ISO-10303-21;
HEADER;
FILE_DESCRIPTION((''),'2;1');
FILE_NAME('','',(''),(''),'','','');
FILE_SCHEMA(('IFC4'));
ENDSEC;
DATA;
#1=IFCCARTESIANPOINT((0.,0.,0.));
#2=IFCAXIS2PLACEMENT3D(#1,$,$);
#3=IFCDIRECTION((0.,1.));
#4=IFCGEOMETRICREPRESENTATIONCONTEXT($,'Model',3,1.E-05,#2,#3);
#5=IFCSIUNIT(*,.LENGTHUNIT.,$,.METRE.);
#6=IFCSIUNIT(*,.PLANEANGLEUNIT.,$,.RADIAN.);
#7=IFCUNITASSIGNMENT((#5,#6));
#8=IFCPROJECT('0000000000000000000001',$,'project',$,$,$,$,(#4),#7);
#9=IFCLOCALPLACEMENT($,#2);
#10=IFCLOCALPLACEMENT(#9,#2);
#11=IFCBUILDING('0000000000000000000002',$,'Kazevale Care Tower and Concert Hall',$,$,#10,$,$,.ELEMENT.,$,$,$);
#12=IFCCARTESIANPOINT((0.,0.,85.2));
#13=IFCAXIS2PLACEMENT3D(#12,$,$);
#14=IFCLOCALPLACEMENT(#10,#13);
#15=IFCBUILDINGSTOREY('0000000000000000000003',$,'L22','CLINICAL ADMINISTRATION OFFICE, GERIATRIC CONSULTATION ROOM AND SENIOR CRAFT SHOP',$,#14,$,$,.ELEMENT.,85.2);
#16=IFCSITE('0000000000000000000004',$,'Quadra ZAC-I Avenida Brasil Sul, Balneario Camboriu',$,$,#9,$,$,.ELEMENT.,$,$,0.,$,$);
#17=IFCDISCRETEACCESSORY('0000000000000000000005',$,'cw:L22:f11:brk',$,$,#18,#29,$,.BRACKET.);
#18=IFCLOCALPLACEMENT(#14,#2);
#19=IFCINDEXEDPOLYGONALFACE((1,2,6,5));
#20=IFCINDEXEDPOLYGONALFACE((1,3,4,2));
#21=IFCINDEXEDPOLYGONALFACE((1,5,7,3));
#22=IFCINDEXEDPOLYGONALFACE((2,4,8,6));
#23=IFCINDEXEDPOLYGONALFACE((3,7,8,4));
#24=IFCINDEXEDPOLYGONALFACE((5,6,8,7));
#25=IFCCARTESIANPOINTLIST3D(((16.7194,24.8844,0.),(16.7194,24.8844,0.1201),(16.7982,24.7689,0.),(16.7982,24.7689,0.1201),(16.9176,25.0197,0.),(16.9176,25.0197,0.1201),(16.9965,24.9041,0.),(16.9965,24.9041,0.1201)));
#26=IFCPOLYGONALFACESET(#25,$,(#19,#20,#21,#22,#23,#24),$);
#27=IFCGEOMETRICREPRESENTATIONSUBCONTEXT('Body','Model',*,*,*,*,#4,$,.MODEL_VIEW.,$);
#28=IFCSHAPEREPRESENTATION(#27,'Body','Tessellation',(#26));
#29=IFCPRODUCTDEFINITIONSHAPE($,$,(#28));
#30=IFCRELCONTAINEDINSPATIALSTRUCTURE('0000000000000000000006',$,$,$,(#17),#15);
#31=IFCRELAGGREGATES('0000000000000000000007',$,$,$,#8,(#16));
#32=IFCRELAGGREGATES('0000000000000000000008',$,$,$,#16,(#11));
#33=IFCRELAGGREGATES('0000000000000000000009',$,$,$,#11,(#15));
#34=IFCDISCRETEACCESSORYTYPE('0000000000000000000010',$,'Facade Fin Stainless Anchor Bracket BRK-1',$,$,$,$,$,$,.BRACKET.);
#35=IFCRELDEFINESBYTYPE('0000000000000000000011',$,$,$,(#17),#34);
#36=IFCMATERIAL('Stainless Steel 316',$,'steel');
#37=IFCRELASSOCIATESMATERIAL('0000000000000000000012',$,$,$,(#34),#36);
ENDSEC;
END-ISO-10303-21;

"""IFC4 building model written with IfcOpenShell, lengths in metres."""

from ifc_helpers import new_model, si_unit, direction, frame, origin, origin_2d, place, context, subcontext, project, spatial, rectangle, extrude, material, type_object, element, save


model = new_model("IFC4")

# Units and contexts
model_context = context("Model", 3, precision=1e-05, world=origin(), true_north=direction((0.0, 1.0)))
body_context = subcontext(model_context, "Body", "Model", "MODEL_VIEW")
ifc_project = project(units=[si_unit("LENGTHUNIT", "METRE"), si_unit("PLANEANGLEUNIT", "RADIAN")], contexts=[model_context])

# Site, building, storey
site_placement = place(None, origin())
site = spatial("IfcSite", under=ifc_project, at=site_placement, Name="Quadra ZAC-I Avenida Brasil Sul, Balneario Camboriu", CompositionType="ELEMENT", RefElevation=0.0)
building_placement = place(site_placement, origin())
building = spatial("IfcBuilding", under=site, at=building_placement, Name="Kazevale Care Tower and Concert Hall", CompositionType="ELEMENT")
storey_placement = place(building_placement, frame((0.0, 0.0, 85.2)))
storey = spatial("IfcBuildingStorey", under=building, at=storey_placement, Name="L22", Description="CLINICAL ADMINISTRATION OFFICE, GERIATRIC CONSULTATION ROOM AND SENIOR CRAFT SHOP", CompositionType="ELEMENT", Elevation=85.2)

# Discrete accessory
ifc_material_1 = material(Name="Stainless Steel 316", Category="steel")
discrete_accessory_type = type_object("IfcDiscreteAccessoryType", Name="Facade Fin Stainless Anchor Bracket BRK-1", PredefinedType="BRACKET", material=ifc_material_1)
discrete_accessory_placement = place(storey_placement, frame((16.8579, 24.8943, 0.0), z_axis=(0.0, 0.0, 1.0), x_axis=(-0.826, -0.56367, 0.0)))
element("IfcDiscreteAccessory", 1, at=discrete_accessory_placement, inside=storey, type_object=discrete_accessory_type, Name="cw:L22:f11:brk", PredefinedType="BRACKET", context=body_context, shape_type="SweptSolid", body=[
    extrude(rectangle(XDim=0.24, YDim=0.1399, at=origin_2d()), origin(), (0.0, 0.0, 1.0), 0.1201),
])

save(model, "model.ifc")
